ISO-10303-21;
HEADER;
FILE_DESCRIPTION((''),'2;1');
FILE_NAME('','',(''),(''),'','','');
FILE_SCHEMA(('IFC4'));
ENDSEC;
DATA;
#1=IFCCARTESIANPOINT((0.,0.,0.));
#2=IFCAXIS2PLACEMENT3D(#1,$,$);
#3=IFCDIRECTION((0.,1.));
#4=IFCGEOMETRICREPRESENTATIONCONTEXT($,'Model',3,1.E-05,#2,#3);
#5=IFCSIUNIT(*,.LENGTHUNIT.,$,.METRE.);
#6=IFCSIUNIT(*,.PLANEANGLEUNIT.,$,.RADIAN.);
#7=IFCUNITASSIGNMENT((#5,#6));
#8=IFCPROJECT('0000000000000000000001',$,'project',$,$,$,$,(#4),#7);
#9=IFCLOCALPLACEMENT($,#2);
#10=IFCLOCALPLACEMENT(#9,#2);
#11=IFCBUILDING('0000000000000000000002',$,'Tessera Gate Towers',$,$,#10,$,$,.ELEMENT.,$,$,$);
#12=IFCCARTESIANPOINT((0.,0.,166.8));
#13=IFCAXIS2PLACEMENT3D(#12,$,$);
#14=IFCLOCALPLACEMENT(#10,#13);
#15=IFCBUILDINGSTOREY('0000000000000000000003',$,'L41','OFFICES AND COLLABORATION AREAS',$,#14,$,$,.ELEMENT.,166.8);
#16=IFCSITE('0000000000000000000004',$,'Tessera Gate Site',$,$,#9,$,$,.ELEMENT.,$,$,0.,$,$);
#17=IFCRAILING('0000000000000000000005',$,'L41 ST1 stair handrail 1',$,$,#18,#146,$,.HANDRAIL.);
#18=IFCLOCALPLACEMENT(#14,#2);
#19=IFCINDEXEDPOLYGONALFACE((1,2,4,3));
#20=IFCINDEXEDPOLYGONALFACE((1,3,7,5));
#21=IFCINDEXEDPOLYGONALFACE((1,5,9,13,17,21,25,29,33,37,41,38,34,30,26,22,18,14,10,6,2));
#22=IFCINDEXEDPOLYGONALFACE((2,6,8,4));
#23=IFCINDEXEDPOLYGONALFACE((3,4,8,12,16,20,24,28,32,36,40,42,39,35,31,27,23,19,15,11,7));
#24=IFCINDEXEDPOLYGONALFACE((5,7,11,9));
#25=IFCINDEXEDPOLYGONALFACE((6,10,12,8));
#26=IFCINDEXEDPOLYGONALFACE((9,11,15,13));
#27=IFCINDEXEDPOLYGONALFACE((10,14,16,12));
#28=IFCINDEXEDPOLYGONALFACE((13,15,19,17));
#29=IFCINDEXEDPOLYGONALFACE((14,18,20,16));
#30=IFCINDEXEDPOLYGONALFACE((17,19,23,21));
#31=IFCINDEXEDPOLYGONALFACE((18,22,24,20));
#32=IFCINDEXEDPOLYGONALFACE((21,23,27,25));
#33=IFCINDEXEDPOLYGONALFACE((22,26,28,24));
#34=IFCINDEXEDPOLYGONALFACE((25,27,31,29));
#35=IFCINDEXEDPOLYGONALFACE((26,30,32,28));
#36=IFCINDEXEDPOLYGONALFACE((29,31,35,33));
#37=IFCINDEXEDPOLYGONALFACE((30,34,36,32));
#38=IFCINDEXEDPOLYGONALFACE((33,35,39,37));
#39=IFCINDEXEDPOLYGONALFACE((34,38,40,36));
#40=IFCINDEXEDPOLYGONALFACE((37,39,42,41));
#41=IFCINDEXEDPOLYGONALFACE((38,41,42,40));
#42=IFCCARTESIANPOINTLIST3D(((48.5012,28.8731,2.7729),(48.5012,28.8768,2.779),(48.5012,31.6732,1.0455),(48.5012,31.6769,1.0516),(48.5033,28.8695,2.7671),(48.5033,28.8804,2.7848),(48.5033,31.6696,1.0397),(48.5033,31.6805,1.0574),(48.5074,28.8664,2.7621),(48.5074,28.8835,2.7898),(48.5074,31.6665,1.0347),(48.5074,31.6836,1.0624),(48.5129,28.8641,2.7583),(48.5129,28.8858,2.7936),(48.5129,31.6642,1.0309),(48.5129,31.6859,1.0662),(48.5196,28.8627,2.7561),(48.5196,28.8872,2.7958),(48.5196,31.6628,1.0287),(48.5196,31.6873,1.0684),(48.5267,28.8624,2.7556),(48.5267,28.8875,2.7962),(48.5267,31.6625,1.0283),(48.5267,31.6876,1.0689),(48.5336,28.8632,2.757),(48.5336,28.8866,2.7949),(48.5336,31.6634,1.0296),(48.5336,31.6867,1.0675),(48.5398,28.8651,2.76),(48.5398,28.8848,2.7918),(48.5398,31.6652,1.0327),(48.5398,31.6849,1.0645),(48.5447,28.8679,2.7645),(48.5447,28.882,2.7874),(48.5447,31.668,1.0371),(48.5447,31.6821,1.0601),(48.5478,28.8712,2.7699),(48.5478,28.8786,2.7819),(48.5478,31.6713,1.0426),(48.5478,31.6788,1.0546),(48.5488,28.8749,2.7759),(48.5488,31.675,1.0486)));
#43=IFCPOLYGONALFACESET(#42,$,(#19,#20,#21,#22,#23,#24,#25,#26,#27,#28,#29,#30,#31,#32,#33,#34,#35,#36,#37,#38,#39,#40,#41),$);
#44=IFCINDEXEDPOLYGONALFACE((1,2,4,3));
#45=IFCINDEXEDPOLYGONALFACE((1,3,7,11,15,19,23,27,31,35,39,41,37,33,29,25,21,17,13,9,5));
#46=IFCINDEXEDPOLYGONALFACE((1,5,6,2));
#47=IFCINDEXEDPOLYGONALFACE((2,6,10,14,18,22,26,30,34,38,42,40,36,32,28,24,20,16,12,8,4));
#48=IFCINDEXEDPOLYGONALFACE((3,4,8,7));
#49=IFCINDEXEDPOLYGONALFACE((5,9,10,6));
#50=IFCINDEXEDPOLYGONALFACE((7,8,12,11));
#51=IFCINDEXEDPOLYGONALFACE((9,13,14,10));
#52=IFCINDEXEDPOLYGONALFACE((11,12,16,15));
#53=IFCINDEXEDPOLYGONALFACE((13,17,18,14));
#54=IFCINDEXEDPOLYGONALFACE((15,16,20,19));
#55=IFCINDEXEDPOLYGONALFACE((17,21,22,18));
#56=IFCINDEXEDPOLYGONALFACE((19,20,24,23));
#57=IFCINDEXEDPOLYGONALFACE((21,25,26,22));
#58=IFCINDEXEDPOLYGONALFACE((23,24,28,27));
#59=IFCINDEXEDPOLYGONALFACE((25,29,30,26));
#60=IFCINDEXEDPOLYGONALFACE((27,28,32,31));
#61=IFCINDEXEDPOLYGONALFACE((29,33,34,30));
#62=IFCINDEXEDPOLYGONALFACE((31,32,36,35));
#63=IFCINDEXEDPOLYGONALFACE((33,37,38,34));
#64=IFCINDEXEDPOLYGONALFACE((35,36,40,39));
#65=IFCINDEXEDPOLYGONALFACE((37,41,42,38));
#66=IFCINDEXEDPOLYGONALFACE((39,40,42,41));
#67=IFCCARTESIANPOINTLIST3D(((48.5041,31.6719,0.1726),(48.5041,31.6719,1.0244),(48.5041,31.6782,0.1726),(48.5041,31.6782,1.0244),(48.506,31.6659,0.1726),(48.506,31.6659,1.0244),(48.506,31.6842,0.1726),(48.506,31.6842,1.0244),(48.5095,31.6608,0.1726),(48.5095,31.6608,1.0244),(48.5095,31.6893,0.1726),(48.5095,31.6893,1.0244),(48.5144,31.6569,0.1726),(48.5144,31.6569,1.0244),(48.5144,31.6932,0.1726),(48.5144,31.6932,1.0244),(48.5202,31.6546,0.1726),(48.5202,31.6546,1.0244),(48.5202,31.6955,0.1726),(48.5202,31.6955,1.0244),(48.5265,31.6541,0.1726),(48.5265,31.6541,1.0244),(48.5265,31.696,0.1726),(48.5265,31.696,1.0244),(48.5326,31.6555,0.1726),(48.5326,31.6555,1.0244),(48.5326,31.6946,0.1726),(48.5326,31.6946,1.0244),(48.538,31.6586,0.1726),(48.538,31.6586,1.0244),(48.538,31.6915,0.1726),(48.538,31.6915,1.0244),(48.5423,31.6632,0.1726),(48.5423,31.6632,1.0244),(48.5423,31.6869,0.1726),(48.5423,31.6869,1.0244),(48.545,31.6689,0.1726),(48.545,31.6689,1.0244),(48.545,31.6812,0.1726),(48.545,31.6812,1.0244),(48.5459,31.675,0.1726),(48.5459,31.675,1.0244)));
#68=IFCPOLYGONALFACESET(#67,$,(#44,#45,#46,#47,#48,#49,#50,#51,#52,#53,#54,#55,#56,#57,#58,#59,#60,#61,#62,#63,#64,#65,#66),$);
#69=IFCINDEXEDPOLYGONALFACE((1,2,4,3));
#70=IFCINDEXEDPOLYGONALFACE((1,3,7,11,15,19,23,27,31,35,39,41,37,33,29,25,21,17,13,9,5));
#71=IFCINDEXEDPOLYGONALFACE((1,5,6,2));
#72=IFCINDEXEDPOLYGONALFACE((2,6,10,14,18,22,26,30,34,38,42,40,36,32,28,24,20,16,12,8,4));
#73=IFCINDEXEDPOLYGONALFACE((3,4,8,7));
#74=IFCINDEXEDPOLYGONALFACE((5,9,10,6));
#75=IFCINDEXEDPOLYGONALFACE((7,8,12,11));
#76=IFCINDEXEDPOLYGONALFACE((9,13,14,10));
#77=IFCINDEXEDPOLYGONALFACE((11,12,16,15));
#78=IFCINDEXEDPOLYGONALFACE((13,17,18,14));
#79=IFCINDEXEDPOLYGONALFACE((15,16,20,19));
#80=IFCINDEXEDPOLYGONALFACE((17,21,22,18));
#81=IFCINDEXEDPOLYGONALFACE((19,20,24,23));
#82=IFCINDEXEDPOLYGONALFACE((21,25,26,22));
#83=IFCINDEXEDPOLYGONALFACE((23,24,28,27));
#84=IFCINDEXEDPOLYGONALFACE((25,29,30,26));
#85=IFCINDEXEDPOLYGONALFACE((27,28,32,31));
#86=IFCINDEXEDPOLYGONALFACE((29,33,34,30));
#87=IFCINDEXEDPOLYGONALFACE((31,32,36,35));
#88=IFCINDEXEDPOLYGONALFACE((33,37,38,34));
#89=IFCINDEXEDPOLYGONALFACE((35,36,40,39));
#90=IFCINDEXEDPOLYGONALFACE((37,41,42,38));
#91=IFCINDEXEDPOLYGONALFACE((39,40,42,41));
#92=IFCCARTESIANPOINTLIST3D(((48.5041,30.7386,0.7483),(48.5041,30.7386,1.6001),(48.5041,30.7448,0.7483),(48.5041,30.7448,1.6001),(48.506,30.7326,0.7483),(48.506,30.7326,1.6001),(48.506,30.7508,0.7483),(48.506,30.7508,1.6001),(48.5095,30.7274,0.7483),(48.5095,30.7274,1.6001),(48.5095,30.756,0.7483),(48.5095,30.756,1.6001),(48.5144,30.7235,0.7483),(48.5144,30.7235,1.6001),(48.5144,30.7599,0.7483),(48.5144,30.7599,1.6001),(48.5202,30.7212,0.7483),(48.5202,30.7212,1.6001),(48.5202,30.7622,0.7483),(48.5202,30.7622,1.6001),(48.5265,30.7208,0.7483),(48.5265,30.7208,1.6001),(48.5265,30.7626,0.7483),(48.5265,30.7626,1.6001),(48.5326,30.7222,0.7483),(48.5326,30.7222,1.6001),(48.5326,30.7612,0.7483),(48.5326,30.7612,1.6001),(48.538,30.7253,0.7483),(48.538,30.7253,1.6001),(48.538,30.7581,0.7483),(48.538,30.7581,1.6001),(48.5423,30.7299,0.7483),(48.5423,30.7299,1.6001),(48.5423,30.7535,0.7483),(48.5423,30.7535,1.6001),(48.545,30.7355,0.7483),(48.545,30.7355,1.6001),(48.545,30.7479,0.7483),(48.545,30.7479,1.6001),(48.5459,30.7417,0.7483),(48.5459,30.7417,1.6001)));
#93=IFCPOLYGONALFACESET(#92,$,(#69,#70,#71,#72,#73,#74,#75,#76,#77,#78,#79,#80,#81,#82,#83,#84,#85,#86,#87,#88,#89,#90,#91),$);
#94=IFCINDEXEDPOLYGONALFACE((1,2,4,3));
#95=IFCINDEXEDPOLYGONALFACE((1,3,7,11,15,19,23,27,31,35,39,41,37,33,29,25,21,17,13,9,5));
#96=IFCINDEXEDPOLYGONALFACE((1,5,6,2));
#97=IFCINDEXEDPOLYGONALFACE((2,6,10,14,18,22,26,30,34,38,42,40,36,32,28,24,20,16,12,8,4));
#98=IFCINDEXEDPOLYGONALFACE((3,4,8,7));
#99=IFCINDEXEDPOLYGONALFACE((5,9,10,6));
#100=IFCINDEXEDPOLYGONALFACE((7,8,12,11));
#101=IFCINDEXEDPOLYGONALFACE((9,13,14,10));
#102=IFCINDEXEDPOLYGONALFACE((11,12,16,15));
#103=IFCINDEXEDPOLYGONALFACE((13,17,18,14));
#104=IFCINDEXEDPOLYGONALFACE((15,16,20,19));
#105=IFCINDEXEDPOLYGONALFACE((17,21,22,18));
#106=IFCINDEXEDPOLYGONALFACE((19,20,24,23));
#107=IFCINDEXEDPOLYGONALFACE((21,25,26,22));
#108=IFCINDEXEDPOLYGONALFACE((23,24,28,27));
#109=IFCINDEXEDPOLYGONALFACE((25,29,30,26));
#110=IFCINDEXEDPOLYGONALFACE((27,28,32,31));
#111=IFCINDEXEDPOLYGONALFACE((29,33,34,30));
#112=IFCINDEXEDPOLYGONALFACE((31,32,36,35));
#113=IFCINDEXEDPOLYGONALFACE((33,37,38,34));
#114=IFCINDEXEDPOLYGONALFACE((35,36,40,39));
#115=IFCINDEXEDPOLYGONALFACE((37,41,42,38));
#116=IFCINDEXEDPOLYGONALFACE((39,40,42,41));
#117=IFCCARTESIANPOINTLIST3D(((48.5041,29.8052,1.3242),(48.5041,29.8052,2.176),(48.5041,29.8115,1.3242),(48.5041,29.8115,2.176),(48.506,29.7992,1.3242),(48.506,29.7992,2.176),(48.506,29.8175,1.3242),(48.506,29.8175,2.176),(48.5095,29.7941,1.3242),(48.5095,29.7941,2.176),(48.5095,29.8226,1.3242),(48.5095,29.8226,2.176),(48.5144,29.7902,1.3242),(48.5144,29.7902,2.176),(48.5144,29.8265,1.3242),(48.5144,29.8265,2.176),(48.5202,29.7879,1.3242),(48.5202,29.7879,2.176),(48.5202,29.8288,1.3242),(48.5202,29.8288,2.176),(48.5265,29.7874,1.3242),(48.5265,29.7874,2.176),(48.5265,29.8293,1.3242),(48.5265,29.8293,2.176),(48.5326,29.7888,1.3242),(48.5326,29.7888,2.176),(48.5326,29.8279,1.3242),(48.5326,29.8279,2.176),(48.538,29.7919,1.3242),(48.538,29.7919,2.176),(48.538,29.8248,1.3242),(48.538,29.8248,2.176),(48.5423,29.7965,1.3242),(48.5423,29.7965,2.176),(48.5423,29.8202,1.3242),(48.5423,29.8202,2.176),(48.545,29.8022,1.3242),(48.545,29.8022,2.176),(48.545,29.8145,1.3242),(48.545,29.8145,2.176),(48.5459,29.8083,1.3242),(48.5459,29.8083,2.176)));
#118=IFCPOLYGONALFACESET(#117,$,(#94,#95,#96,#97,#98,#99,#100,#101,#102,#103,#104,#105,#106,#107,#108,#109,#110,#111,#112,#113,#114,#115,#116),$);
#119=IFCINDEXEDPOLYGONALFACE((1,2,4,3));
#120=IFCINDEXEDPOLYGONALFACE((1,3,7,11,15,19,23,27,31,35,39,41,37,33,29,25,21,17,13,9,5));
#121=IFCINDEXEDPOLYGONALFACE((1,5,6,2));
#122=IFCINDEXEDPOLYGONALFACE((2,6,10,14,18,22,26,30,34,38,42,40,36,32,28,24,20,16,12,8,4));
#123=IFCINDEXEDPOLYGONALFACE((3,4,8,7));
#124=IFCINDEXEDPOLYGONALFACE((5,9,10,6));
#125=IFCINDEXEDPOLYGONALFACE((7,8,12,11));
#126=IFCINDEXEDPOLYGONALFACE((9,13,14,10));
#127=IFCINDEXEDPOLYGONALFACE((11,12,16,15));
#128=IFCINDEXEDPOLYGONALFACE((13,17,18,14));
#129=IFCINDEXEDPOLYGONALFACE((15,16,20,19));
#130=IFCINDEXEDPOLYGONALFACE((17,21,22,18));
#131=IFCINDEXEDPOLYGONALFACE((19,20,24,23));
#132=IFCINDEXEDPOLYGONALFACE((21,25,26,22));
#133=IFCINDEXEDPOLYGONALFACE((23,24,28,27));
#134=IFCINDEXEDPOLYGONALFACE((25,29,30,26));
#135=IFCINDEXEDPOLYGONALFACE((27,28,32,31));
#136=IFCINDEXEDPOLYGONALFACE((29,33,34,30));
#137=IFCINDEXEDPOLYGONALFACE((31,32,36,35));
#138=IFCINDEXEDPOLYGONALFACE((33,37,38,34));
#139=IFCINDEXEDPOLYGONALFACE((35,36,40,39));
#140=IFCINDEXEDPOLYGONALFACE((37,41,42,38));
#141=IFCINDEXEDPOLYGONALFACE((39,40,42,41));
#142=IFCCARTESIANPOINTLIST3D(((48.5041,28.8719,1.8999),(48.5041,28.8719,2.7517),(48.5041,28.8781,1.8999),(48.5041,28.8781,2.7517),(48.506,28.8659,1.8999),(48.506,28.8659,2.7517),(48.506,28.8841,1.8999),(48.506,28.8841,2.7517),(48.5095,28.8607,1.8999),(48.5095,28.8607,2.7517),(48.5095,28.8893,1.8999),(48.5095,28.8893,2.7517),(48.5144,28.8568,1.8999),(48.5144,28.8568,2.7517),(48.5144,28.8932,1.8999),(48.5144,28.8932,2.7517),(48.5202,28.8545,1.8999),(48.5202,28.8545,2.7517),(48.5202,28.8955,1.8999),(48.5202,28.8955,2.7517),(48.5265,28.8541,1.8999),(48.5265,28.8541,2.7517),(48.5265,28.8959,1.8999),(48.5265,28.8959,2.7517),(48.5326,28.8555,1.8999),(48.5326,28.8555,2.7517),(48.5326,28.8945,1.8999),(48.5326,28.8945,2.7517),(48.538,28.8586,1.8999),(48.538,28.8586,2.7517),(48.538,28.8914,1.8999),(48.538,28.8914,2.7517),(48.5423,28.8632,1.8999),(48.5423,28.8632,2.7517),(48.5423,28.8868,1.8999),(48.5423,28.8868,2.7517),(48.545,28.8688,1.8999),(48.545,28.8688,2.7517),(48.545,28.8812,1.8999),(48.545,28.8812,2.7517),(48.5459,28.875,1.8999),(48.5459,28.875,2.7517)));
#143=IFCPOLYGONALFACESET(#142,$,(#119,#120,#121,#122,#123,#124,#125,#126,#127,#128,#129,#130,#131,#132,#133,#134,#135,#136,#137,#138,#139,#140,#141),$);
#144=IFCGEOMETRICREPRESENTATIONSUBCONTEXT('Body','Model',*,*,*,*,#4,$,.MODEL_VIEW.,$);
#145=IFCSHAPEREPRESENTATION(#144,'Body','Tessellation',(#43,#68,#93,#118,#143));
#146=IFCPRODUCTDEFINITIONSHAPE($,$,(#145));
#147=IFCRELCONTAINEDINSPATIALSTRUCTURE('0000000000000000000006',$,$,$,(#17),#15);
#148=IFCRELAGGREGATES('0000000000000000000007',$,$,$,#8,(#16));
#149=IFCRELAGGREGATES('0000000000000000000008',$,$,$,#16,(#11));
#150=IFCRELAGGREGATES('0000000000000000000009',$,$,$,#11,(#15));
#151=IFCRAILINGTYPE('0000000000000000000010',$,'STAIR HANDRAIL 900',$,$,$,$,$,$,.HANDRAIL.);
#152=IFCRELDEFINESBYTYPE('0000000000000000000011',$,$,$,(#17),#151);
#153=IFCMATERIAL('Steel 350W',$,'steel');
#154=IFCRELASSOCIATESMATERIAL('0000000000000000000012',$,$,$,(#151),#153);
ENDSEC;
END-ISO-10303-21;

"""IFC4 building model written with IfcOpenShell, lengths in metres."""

from ifc_helpers import new_model, si_unit, direction, frame, origin, origin_2d, place, context, subcontext, project, spatial, circle, extrude, material, type_object, element, save


model = new_model("IFC4")

# Units and contexts
model_context = context("Model", 3, precision=1e-05, world=origin(), true_north=direction((0.0, 1.0)))
body_context = subcontext(model_context, "Body", "Model", "MODEL_VIEW")
ifc_project = project(units=[si_unit("LENGTHUNIT", "METRE"), si_unit("PLANEANGLEUNIT", "RADIAN")], contexts=[model_context])

# Site, building, storey
site_placement = place(None, origin())
site = spatial("IfcSite", under=ifc_project, at=site_placement, Name="Tessera Gate Site", CompositionType="ELEMENT", RefElevation=0.0)
building_placement = place(site_placement, origin())
building = spatial("IfcBuilding", under=site, at=building_placement, Name="Tessera Gate Towers", CompositionType="ELEMENT")
storey_placement = place(building_placement, frame((0.0, 0.0, 166.8)))
storey = spatial("IfcBuildingStorey", under=building, at=storey_placement, Name="L41", Description="OFFICES AND COLLABORATION AREAS", CompositionType="ELEMENT", Elevation=166.8)

# Railing
ifc_material_1 = material(Name="Steel 350W", Category="steel")
railing_type = type_object("IfcRailingType", Name="STAIR HANDRAIL 900", PredefinedType="HANDRAIL", material=ifc_material_1)
railing_placement = place(storey_placement, frame((48.5249, 31.675, 0.1726)))
element("IfcRailing", 1, at=railing_placement, inside=storey, type_object=railing_type, Name="L41 ST1 stair handrail 1", PredefinedType="HANDRAIL", context=body_context, shape_type="SweptSolid", body=[
    extrude(circle(Radius=0.0239, at=origin_2d()), frame((0.0, 0.0, 0.876), z_axis=(0.0, -0.85109, 0.52502), x_axis=(1.0, 0.0, 0.0)), (0.0, 0.0, 1.0), 3.29),
    extrude(circle(Radius=0.021, at=origin_2d()), origin(), (0.0, 0.0, 1.0), 0.8518),
    extrude(circle(Radius=0.021, at=origin_2d()), frame((0.0, -0.9333, 0.5757)), (0.0, 0.0, 1.0), 0.8518),
    extrude(circle(Radius=0.021, at=origin_2d()), frame((0.0, -1.8667, 1.1516)), (0.0, 0.0, 1.0), 0.8518),
    extrude(circle(Radius=0.021, at=origin_2d()), frame((0.0, -2.8, 1.7273)), (0.0, 0.0, 1.0), 0.8518),
])

save(model, "model.ifc")
